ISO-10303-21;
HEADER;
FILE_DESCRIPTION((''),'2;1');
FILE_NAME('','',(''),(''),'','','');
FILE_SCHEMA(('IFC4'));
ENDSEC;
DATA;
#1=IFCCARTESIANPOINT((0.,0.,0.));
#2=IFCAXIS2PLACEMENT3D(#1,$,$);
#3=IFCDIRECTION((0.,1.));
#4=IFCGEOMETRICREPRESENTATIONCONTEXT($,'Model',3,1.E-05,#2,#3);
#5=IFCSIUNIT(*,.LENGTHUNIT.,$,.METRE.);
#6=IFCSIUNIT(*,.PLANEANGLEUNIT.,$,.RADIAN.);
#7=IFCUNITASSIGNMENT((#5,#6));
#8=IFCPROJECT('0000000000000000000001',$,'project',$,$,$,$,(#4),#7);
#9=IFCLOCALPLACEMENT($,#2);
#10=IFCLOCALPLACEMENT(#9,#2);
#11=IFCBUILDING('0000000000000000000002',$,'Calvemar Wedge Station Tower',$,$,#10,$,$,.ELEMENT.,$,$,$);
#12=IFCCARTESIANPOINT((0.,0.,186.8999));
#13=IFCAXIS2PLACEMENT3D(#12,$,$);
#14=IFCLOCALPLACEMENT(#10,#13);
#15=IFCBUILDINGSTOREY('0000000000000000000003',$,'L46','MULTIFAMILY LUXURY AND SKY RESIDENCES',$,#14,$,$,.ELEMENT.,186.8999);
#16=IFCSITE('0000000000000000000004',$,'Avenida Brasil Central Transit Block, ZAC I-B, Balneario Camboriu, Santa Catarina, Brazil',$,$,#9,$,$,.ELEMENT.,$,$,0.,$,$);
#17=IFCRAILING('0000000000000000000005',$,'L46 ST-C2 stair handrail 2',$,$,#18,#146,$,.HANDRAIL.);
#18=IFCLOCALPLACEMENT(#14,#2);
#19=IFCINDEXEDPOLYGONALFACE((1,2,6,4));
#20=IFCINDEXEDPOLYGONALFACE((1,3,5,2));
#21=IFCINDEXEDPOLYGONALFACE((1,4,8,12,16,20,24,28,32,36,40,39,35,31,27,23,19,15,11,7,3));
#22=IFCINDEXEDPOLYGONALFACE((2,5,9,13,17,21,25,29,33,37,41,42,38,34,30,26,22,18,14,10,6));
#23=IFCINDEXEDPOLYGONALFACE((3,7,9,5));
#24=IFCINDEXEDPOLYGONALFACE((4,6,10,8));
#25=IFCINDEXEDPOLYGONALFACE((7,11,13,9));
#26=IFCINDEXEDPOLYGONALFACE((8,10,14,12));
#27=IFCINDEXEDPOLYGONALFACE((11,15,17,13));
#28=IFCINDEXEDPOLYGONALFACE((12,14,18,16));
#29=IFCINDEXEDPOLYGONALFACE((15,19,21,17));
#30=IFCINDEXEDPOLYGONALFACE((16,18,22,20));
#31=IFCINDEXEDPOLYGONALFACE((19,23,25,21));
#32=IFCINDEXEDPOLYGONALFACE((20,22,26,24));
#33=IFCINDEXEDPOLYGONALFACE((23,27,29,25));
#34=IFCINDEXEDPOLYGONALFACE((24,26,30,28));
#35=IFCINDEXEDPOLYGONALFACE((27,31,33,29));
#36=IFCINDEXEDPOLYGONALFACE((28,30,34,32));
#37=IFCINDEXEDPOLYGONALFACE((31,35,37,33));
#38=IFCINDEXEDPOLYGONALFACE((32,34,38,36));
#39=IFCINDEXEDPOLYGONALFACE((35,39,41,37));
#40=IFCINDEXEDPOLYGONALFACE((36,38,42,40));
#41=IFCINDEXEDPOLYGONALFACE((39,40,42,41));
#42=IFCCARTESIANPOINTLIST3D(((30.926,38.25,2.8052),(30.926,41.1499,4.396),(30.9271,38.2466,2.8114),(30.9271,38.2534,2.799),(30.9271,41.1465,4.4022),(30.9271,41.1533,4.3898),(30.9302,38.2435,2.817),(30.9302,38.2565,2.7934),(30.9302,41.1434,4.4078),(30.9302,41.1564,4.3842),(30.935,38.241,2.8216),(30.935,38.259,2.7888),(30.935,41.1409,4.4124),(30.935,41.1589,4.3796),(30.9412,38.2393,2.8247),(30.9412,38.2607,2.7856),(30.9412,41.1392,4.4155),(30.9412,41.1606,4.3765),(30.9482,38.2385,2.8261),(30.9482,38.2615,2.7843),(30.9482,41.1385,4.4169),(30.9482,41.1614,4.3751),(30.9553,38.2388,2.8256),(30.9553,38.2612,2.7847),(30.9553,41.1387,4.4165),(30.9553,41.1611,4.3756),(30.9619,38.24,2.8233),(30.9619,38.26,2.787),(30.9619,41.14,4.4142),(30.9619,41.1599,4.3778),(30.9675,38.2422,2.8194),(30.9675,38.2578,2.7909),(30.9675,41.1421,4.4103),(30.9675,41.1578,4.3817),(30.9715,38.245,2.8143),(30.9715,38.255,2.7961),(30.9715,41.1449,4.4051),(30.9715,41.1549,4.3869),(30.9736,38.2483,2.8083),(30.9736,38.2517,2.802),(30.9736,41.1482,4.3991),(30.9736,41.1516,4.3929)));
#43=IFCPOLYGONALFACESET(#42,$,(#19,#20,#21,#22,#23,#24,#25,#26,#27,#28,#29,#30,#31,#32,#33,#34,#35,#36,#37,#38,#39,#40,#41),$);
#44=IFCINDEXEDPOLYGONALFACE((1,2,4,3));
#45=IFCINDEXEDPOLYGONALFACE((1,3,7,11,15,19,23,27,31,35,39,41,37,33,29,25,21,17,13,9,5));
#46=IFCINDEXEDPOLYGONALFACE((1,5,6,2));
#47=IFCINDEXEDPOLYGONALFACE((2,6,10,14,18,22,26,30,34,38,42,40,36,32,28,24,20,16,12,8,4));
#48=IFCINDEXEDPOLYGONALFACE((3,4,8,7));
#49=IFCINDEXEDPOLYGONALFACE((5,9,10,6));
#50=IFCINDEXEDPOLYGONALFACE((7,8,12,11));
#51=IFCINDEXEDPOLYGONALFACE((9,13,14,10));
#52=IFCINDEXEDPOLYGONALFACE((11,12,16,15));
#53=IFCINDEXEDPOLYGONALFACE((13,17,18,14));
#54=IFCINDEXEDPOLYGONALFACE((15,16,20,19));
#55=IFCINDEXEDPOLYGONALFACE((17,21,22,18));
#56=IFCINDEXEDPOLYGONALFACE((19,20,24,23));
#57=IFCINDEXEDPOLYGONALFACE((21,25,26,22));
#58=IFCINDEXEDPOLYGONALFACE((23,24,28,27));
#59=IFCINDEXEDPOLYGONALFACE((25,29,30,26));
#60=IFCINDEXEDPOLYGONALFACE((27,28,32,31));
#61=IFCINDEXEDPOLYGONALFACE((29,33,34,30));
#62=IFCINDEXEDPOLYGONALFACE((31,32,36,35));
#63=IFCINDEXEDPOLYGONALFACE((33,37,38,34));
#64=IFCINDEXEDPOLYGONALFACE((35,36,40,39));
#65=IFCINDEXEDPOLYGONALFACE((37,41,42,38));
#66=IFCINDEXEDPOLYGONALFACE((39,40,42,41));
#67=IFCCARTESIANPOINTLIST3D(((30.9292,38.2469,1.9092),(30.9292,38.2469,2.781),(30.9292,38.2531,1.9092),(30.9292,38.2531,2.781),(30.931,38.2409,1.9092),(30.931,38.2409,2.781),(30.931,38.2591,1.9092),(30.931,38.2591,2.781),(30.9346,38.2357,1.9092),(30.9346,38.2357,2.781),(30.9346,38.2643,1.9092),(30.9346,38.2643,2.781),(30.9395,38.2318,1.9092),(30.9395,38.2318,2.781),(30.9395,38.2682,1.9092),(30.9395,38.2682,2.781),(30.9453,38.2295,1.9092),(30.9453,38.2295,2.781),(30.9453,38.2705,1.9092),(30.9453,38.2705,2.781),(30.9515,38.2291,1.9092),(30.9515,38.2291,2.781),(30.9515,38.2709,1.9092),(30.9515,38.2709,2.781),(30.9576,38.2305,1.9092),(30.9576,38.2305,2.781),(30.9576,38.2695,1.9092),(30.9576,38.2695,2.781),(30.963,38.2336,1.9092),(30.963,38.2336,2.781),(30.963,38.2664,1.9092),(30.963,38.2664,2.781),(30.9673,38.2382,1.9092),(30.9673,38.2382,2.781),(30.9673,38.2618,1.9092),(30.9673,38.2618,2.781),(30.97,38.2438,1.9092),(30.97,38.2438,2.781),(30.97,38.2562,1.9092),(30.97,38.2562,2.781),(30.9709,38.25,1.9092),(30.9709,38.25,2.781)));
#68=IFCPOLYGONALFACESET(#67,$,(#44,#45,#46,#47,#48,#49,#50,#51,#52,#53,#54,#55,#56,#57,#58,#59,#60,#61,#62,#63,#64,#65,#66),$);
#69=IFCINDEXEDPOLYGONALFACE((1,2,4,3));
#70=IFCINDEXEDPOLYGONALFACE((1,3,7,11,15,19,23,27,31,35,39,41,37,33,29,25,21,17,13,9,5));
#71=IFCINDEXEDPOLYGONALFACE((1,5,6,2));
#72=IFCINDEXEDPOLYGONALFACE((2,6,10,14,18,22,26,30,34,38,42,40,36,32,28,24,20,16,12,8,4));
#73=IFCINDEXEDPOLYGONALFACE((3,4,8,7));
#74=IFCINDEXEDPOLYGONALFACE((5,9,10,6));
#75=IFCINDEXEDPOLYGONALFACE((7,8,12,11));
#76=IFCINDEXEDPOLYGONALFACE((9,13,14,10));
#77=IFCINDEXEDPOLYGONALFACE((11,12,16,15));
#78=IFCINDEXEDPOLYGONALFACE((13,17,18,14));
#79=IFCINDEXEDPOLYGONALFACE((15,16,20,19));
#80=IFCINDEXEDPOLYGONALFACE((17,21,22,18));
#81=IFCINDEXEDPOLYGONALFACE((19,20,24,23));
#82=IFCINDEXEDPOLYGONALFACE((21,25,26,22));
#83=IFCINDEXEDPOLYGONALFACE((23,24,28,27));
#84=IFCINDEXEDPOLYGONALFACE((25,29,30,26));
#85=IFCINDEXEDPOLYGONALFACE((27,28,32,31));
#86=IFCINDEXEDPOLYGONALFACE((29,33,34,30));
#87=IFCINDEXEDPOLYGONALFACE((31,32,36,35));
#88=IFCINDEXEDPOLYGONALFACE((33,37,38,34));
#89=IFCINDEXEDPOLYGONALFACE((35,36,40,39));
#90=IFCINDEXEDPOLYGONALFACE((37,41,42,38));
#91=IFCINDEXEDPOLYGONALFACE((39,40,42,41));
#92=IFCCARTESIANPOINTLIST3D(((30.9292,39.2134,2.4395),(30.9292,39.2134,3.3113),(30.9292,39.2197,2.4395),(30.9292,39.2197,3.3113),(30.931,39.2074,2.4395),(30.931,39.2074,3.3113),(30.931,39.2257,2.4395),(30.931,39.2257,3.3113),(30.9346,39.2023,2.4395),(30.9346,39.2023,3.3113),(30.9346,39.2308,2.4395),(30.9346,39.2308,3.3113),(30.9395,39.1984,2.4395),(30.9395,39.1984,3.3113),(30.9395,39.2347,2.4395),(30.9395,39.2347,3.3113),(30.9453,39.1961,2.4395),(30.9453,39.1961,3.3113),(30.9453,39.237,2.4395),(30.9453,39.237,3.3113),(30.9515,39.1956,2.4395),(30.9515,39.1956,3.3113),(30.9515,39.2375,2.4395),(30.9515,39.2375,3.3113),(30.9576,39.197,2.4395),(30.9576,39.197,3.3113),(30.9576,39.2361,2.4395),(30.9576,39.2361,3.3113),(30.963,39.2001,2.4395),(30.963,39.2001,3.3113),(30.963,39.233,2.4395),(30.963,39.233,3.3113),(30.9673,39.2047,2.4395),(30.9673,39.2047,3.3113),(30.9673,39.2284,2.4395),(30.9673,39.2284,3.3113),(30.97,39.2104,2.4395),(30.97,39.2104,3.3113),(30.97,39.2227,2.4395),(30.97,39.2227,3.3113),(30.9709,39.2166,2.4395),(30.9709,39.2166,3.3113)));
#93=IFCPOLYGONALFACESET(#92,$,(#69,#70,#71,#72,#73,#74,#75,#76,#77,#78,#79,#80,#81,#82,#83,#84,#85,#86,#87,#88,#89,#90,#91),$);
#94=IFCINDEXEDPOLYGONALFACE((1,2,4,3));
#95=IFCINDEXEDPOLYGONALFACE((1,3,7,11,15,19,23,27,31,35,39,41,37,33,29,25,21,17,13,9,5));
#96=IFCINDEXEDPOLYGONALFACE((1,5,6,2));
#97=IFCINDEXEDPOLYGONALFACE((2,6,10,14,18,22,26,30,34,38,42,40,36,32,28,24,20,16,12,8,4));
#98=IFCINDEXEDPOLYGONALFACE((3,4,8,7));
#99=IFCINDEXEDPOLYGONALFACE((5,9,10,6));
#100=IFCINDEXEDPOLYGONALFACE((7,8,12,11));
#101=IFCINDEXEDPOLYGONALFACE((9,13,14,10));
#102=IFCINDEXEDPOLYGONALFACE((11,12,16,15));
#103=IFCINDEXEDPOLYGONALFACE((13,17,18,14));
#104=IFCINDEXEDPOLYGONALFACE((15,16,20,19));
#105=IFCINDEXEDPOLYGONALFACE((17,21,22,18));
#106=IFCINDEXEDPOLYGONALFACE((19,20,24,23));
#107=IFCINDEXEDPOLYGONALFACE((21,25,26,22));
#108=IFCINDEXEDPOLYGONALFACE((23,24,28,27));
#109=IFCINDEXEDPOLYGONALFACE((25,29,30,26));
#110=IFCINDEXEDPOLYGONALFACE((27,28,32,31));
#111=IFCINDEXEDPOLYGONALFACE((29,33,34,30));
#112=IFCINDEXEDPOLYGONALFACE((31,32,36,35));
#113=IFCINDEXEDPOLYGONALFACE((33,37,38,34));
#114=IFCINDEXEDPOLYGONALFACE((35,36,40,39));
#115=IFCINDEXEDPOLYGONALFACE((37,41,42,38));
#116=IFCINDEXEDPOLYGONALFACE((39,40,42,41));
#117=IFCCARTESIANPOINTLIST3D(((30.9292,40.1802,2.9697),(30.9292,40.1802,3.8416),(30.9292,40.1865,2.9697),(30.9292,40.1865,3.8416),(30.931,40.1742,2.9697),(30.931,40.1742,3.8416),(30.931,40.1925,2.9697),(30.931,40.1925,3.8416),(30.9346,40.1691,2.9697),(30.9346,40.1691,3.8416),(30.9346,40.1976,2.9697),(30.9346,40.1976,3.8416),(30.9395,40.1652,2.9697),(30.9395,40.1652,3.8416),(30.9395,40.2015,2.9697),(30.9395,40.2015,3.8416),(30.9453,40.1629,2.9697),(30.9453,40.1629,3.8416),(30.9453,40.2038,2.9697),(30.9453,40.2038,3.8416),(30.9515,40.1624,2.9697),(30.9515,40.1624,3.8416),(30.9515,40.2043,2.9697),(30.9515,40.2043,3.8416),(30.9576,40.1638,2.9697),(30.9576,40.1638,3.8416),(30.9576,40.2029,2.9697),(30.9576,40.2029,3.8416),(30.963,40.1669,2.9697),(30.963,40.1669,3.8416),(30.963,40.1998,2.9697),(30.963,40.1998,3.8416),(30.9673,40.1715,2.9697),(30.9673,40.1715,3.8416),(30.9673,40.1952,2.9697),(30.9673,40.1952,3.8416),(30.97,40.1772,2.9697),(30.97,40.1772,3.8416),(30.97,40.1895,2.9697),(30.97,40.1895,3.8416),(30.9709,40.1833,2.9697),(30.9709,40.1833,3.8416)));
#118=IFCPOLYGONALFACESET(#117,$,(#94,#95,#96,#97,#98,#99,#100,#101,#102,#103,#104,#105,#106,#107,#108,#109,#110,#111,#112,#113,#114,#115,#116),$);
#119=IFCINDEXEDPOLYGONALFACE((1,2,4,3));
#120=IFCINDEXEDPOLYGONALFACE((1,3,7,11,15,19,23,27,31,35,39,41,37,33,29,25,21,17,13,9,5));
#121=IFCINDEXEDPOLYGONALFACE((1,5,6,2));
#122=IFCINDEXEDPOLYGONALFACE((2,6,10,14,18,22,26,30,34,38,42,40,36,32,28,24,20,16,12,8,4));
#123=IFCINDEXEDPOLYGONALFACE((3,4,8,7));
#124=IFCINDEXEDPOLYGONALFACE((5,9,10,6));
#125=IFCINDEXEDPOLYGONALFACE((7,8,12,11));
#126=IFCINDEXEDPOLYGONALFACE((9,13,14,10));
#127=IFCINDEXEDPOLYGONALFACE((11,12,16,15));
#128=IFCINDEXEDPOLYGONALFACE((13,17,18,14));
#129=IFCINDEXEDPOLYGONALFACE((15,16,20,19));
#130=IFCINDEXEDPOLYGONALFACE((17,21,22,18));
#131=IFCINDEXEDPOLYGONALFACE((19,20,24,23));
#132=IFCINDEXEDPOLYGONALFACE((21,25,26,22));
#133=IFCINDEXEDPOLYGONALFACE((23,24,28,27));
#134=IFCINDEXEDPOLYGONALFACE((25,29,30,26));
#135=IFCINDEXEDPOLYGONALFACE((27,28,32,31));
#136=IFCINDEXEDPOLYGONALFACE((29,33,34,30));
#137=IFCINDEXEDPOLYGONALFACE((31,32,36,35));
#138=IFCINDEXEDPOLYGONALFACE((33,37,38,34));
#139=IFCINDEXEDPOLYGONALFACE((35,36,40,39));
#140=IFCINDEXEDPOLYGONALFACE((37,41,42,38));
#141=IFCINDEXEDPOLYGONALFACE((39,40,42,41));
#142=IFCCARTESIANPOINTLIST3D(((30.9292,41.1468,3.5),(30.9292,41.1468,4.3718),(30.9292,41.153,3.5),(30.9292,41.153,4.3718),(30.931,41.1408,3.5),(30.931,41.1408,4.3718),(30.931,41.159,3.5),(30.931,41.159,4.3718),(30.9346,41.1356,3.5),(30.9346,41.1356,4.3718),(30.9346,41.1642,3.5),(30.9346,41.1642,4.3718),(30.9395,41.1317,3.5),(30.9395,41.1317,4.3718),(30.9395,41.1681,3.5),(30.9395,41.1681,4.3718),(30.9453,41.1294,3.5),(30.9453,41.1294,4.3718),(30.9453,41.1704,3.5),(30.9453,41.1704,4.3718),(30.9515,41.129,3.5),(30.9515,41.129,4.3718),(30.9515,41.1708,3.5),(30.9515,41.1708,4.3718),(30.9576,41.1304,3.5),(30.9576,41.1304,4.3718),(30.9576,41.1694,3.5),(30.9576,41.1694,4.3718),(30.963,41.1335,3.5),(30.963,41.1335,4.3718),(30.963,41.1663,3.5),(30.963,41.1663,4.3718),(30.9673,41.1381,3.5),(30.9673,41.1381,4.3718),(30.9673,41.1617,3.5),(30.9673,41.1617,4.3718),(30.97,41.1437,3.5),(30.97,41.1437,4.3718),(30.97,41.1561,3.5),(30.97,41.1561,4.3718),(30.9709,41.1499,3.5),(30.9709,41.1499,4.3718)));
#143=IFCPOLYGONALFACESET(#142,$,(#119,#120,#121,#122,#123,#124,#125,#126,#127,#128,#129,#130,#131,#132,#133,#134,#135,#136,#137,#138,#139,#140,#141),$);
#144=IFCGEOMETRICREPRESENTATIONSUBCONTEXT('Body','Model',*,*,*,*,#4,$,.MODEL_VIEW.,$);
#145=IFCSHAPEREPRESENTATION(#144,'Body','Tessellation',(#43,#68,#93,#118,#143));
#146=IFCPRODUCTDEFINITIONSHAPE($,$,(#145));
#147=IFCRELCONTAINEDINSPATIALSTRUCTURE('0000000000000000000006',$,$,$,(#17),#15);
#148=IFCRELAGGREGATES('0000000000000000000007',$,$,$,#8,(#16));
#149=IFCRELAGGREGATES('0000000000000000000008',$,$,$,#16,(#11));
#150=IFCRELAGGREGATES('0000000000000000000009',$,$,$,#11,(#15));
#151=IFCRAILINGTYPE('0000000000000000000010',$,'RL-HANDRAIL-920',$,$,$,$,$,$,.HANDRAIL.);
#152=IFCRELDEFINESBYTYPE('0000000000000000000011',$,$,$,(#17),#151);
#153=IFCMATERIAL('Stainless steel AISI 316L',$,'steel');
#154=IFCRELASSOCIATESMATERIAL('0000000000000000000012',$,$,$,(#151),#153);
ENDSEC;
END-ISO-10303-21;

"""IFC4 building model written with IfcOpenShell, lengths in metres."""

from ifc_helpers import new_model, si_unit, direction, frame, origin, origin_2d, place, context, subcontext, project, spatial, circle, extrude, material, type_object, element, save


model = new_model("IFC4")

# Units and contexts
model_context = context("Model", 3, precision=1e-05, world=origin(), true_north=direction((0.0, 1.0)))
body_context = subcontext(model_context, "Body", "Model", "MODEL_VIEW")
ifc_project = project(units=[si_unit("LENGTHUNIT", "METRE"), si_unit("PLANEANGLEUNIT", "RADIAN")], contexts=[model_context])

# Site, building, storey
site_placement = place(None, origin())
site = spatial("IfcSite", under=ifc_project, at=site_placement, Name="Avenida Brasil Central Transit Block, ZAC I-B, Balneario Camboriu, Santa Catarina, Brazil", CompositionType="ELEMENT", RefElevation=0.0)
building_placement = place(site_placement, origin())
building = spatial("IfcBuilding", under=site, at=building_placement, Name="Calvemar Wedge Station Tower", CompositionType="ELEMENT")
storey_placement = place(building_placement, frame((0.0, 0.0, 186.8999)))
storey = spatial("IfcBuildingStorey", under=building, at=storey_placement, Name="L46", Description="MULTIFAMILY LUXURY AND SKY RESIDENCES", CompositionType="ELEMENT", Elevation=186.8999)

# Railing
ifc_material_1 = material(Name="Stainless steel AISI 316L", Category="steel")
railing_type_1 = type_object("IfcRailingType", Name="RL-HANDRAIL-920", PredefinedType="HANDRAIL", material=ifc_material_1)
railing_1_placement = place(storey_placement, frame((30.95, 38.25, 1.9092)))
element("IfcRailing", 1, at=railing_1_placement, inside=storey, type_object=railing_type_1, Name="L46 ST-C2 stair handrail 2", PredefinedType="HANDRAIL", context=body_context, shape_type="SweptSolid", body=[
    extrude(circle(Radius=0.0239, at=origin_2d()), frame((0.0, 0.0, 0.896), z_axis=(0.0, 0.876742, 0.480961), x_axis=(-1.0, 0.0, 0.0)), (0.0, 0.0, 1.0), 3.3076),
    extrude(circle(Radius=0.021, at=origin_2d()), origin(), (0.0, 0.0, 1.0), 0.8718),
    extrude(circle(Radius=0.021, at=origin_2d()), frame((0.0, 0.9666, 0.5303)), (0.0, 0.0, 1.0), 0.8718),
    extrude(circle(Radius=0.021, at=origin_2d()), frame((0.0, 1.9333, 1.0605)), (0.0, 0.0, 1.0), 0.8718),
    extrude(circle(Radius=0.021, at=origin_2d()), frame((0.0, 2.8999, 1.5908)), (0.0, 0.0, 1.0), 0.8718),
])

save(model, "model.ifc")
